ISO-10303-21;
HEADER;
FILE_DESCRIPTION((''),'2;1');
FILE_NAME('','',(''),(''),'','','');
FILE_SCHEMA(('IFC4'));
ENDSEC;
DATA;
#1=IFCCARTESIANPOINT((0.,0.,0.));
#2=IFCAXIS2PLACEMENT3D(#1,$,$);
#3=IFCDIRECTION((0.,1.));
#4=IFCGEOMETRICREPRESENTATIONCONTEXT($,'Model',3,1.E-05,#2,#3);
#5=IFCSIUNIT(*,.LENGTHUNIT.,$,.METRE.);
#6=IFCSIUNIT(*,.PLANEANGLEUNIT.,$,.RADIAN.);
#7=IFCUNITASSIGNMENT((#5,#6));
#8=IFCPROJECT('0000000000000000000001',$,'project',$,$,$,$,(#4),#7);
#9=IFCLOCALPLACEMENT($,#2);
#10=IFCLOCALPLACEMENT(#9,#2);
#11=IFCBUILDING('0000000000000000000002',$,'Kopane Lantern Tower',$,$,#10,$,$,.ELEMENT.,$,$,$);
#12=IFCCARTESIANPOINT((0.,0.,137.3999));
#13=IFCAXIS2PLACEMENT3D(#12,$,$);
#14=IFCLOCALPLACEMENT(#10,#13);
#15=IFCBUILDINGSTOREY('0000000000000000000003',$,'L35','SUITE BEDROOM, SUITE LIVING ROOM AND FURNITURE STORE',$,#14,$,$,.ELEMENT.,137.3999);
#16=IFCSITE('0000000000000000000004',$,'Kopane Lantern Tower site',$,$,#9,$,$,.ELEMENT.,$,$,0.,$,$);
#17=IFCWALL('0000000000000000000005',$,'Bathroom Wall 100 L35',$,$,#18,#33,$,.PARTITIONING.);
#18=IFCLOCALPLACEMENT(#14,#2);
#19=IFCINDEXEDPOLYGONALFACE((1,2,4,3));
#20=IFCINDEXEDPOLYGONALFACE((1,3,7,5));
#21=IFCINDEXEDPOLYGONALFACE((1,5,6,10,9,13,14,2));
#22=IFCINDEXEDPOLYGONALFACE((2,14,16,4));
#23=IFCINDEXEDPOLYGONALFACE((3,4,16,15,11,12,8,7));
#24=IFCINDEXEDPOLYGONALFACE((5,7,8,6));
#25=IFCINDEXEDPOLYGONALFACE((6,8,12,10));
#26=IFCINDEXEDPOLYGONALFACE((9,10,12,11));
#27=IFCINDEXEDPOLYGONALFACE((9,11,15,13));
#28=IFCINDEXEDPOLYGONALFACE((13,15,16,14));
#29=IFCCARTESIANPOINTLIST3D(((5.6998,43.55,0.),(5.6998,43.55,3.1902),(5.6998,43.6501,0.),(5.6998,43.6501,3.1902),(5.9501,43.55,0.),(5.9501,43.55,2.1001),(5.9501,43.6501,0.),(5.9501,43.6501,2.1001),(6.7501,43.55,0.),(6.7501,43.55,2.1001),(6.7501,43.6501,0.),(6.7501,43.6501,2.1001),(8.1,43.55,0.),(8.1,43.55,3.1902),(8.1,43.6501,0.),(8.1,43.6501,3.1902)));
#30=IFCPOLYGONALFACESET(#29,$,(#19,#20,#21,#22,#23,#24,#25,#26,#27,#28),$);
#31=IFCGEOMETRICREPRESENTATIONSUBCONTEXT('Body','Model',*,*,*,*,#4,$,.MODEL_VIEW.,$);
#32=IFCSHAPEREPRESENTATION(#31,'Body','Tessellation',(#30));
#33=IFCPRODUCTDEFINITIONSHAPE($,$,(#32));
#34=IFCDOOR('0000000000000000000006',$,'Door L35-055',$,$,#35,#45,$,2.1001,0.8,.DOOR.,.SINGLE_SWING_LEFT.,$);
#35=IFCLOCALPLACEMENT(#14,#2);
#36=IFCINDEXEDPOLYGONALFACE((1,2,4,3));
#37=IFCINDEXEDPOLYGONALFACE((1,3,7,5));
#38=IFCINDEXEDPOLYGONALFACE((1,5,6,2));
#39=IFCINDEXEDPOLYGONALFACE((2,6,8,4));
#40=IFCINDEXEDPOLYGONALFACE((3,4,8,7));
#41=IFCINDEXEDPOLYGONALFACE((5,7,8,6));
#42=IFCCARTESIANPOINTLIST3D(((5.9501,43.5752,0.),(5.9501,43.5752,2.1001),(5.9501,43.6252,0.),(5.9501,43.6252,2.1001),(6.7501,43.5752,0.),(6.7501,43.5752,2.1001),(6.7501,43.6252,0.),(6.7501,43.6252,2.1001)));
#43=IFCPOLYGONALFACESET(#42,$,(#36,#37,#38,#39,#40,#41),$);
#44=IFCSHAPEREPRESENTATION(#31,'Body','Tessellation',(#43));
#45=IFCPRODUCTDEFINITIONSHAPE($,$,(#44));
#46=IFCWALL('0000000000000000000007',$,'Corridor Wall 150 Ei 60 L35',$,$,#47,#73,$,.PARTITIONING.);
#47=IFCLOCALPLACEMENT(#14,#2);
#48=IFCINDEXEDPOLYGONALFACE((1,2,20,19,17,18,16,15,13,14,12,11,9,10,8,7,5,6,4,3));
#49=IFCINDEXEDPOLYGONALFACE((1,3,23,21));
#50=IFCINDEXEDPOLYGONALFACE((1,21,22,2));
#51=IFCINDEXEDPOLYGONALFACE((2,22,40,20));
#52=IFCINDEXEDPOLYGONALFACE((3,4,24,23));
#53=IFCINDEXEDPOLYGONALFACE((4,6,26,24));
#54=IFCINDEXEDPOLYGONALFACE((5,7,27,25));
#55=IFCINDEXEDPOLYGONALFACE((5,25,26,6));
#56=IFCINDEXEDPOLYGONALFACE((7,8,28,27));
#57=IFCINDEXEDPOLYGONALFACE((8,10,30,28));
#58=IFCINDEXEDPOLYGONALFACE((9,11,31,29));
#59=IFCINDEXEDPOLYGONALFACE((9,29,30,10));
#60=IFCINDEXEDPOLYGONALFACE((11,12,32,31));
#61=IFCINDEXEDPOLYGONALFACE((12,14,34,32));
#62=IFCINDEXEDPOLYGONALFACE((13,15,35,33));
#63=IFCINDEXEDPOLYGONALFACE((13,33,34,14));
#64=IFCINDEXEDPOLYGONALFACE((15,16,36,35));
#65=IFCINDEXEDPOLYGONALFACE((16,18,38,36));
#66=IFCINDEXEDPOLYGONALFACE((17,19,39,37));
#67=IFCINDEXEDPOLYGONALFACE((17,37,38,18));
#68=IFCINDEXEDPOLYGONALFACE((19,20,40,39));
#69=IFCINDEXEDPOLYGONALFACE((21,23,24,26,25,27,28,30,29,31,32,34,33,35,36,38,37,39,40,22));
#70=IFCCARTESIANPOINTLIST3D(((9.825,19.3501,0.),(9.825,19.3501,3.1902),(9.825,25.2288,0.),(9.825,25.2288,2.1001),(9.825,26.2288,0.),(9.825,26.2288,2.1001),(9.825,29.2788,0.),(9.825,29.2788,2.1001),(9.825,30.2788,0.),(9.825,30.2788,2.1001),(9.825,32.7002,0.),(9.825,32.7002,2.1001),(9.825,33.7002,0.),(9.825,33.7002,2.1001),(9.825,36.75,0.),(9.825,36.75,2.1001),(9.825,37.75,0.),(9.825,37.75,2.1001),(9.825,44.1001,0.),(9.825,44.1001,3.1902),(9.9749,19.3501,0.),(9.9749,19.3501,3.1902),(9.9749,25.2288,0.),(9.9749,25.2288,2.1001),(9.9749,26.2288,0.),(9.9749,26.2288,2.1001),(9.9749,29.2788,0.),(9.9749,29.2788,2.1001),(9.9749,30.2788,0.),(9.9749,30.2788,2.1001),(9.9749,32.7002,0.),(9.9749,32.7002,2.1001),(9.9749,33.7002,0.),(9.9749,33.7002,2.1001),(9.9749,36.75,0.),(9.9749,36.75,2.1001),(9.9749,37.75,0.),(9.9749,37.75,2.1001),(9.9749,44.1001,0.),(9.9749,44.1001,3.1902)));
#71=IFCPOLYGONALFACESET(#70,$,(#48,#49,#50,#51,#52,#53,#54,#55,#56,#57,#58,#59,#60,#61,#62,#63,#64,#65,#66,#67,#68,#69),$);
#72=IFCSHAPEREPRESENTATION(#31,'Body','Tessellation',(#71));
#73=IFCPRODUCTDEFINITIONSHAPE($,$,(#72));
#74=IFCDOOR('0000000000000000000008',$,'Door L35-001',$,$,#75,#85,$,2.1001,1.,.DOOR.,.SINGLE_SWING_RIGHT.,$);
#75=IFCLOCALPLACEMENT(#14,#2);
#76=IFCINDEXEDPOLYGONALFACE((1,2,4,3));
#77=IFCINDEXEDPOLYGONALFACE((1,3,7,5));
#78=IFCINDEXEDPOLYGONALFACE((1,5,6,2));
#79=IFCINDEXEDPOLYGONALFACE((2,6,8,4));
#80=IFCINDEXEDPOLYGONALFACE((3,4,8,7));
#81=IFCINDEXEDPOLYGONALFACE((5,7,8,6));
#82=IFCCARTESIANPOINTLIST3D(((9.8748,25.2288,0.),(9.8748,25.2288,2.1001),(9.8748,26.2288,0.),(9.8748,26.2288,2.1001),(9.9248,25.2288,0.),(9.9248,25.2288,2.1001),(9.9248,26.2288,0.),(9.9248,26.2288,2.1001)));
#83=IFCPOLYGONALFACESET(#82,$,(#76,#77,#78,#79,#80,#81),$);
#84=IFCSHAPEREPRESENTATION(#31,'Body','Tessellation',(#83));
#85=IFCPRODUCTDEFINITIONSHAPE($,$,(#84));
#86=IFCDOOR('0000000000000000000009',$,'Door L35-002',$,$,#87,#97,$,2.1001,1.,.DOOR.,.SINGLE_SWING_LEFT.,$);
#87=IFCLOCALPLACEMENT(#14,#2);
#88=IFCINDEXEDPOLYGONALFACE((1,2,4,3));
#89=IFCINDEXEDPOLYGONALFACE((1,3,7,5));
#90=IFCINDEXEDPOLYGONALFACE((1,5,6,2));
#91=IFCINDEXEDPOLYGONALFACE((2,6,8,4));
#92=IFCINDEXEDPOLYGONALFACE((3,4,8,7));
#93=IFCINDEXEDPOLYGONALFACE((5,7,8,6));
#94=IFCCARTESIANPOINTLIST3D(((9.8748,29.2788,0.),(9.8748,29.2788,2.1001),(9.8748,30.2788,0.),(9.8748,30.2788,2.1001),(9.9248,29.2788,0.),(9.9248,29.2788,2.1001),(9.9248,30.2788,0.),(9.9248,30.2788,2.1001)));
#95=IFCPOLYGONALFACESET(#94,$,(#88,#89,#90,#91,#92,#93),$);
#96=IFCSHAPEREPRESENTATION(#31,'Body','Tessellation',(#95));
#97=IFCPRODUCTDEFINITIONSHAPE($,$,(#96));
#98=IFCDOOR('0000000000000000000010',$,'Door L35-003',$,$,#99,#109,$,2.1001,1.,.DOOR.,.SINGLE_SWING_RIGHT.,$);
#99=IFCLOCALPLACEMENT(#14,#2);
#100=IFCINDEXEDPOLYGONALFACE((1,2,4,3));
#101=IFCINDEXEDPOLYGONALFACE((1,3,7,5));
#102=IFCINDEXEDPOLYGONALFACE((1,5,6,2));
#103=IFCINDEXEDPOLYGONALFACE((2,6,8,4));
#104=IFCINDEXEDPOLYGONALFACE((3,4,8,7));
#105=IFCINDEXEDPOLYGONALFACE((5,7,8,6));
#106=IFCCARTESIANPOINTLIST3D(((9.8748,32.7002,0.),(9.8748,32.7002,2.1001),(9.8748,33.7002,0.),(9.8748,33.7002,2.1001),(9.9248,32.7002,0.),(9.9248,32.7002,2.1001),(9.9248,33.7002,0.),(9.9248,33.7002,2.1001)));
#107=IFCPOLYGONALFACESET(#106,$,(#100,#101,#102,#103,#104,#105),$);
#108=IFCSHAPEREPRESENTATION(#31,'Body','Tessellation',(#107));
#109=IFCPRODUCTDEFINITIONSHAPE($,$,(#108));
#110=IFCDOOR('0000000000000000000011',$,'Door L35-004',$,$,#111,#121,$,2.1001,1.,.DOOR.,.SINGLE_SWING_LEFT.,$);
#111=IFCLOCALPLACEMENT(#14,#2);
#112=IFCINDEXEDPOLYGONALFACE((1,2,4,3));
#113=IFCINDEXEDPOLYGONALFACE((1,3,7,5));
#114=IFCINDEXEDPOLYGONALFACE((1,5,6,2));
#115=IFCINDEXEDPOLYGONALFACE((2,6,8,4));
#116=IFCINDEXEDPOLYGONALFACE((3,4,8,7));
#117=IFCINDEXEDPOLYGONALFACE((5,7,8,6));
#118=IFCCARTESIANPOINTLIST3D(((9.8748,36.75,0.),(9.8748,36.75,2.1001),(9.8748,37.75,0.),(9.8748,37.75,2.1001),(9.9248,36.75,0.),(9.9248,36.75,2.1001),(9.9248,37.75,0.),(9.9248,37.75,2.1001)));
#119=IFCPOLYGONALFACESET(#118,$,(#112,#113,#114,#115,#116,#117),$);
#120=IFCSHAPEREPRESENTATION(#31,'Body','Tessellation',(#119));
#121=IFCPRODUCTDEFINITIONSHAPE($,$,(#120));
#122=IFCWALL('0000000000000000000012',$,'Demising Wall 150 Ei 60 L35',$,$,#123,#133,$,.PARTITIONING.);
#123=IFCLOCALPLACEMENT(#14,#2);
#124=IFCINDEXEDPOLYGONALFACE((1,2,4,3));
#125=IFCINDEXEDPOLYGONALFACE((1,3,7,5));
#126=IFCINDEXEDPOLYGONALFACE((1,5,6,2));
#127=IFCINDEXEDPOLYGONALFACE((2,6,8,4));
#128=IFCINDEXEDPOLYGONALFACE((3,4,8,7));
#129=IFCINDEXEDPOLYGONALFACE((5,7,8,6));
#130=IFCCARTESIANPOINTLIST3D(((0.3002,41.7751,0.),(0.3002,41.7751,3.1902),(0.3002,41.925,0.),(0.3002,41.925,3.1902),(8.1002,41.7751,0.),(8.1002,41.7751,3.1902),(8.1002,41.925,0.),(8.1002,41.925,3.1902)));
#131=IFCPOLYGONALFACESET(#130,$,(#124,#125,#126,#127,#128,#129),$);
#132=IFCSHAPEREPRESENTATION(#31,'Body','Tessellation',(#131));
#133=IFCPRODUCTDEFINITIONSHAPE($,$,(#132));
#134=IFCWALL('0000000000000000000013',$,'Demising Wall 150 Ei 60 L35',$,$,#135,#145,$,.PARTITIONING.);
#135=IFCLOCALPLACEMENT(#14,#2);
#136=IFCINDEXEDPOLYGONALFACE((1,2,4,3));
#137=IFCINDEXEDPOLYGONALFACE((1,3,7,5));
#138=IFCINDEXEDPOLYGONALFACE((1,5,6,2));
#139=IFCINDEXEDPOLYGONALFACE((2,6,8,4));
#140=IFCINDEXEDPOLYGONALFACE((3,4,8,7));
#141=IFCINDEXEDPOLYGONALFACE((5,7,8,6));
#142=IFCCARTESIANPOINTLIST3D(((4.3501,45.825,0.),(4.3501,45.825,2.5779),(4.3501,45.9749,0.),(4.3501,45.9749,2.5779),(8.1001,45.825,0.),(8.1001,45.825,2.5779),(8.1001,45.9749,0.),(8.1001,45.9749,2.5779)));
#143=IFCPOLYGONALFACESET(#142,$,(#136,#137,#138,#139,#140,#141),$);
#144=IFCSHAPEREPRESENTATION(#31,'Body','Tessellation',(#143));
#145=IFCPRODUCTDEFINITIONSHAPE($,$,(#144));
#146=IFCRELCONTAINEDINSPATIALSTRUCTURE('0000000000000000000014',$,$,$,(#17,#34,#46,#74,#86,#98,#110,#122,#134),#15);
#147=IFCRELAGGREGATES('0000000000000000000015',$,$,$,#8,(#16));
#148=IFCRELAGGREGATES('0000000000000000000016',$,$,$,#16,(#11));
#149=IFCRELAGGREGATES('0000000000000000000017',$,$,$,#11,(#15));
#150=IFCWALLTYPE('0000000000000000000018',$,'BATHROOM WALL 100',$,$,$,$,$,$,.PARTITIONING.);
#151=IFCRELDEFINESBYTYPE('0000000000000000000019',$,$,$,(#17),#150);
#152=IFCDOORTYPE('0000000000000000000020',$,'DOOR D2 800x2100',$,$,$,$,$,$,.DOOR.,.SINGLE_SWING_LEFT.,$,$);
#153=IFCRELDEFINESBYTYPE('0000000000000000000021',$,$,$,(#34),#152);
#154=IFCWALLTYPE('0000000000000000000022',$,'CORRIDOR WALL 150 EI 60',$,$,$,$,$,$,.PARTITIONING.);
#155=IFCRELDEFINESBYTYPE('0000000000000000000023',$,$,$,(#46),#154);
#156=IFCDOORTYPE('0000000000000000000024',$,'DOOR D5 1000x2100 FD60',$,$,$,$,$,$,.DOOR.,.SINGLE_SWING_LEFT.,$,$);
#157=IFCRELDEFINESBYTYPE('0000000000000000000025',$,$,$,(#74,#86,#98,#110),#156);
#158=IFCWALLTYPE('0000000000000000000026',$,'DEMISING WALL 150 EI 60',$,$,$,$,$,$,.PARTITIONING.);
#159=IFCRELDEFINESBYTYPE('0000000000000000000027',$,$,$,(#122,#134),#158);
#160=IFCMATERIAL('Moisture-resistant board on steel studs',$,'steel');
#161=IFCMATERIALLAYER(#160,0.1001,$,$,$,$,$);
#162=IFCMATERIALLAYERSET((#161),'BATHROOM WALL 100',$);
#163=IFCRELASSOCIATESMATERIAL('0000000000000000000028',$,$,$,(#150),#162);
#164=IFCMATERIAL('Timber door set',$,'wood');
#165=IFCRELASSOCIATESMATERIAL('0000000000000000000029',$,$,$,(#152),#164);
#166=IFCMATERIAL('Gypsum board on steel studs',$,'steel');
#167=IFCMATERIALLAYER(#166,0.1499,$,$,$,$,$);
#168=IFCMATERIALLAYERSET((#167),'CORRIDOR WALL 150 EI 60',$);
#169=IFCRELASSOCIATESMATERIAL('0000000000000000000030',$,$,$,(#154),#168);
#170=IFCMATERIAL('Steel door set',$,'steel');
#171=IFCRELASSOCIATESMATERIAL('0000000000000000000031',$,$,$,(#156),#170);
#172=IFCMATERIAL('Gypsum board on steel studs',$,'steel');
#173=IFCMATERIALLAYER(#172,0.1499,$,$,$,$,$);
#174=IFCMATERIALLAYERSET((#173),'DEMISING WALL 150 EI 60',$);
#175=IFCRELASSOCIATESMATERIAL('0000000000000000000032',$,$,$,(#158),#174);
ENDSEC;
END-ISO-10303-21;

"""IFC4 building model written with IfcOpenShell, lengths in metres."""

from ifc_helpers import new_model, si_unit, direction, frame, frame_2d, origin, place, context, subcontext, project, spatial, rectangle, extrude, material, layer, layer_set, type_object, element, fill, save


model = new_model("IFC4")

# Units and contexts
model_context = context("Model", 3, precision=1e-05, world=origin(), true_north=direction((0.0, 1.0)))
body_context = subcontext(model_context, "Body", "Model", "MODEL_VIEW")
ifc_project = project(units=[si_unit("LENGTHUNIT", "METRE"), si_unit("PLANEANGLEUNIT", "RADIAN")], contexts=[model_context])

# Site, building, storey
site_placement = place(None, origin())
site = spatial("IfcSite", under=ifc_project, at=site_placement, Name="Kopane Lantern Tower site", CompositionType="ELEMENT", RefElevation=0.0)
building_placement = place(site_placement, origin())
building = spatial("IfcBuilding", under=site, at=building_placement, Name="Kopane Lantern Tower", CompositionType="ELEMENT")
storey_placement = place(building_placement, frame((0.0, 0.0, 137.3999)))
storey = spatial("IfcBuildingStorey", under=building, at=storey_placement, Name="L35", Description="SUITE BEDROOM, SUITE LIVING ROOM AND FURNITURE STORE", CompositionType="ELEMENT", Elevation=137.3999)

# Shared definitions
ifc_material_1 = material(Name="Moisture-resistant board on steel studs", Category="steel")
ifc_layer_1 = layer(ifc_material_1, 0.1001)
ifc_layer_set_1 = layer_set([ifc_layer_1], Name="BATHROOM WALL 100")
wall_type_1 = type_object("IfcWallType", Name="BATHROOM WALL 100", PredefinedType="PARTITIONING", material=ifc_layer_set_1)

# Wall, opening, door
wall_1_placement = place(storey_placement, frame((8.1001, 43.6001, 0.0), z_axis=(0.0, 0.0, 1.0), x_axis=(-1.0, 0.0, 0.0)))
wall_1 = element("IfcWall", 1, at=wall_1_placement, inside=storey, type_object=wall_type_1, Name="Bathroom Wall 100 L35", PredefinedType="PARTITIONING", context=body_context, shape_type="SweptSolid", body=[
    extrude(rectangle(XDim=2.4001, YDim=0.1001, at=frame_2d((1.2002, 0.0))), origin(), (0.0, 0.0, 1.0), 3.1902),
])
opening_1_placement = place(wall_1_placement, frame((1.3501, 0.0, 0.0)))
opening_1 = element("IfcOpeningElement", 2, at=opening_1_placement, cuts=wall_1, PredefinedType="OPENING", context=body_context, shape_type="SweptSolid", body=[
    extrude(rectangle(XDim=0.8, YDim=2.1001, at=frame_2d((0.3999, 1.05))), frame((0.0, 0.0601, 0.0), z_axis=(0.0, -1.0, 0.0), x_axis=(1.0, 0.0, 0.0)), (0.0, 0.0, 1.0), 0.1201),
])
ifc_material_2 = material(Name="Timber door set", Category="wood")
door_type_1 = type_object("IfcDoorType", Name="DOOR D2 800x2100", OperationType="SINGLE_SWING_LEFT", PredefinedType="DOOR", material=ifc_material_2)
door_1_placement = place(opening_1_placement, origin())
door_1 = element("IfcDoor", 3, at=door_1_placement, inside=storey, type_object=door_type_1, Name="Door L35-055", OperationType="SINGLE_SWING_LEFT", OverallHeight=2.1001, OverallWidth=0.8, PredefinedType="DOOR", context=body_context, shape_type="SweptSolid", body=[
    extrude(rectangle(XDim=0.8, YDim=2.1001, at=frame_2d((0.3999, 1.05))), frame((0.0, 0.0249, 0.0), z_axis=(0.0, -1.0, 0.0), x_axis=(1.0, 0.0, 0.0)), (0.0, 0.0, 1.0), 0.05),
])
fill(opening_1, door_1)

# Wall, openings, doors
ifc_material_3 = material(Name="Gypsum board on steel studs", Category="steel")
ifc_layer_2 = layer(ifc_material_3, 0.1499)
ifc_layer_set_2 = layer_set([ifc_layer_2], Name="CORRIDOR WALL 150 EI 60")
wall_type_2 = type_object("IfcWallType", Name="CORRIDOR WALL 150 EI 60", PredefinedType="PARTITIONING", material=ifc_layer_set_2)
wall_2_placement = place(storey_placement, frame((9.8999, 44.1001, 0.0), z_axis=(0.0, 0.0, 1.0), x_axis=(0.0, -1.0, 0.0)))
wall_2 = element("IfcWall", 4, at=wall_2_placement, inside=storey, type_object=wall_type_2, Name="Corridor Wall 150 Ei 60 L35", PredefinedType="PARTITIONING", context=body_context, shape_type="SweptSolid", body=[
    extrude(rectangle(XDim=24.75, YDim=0.1499, at=frame_2d((12.375, 0.0))), origin(), (0.0, 0.0, 1.0), 3.1902),
])
opening_2_placement = place(wall_2_placement, frame((17.8713, 0.0, 0.0)))
opening_2 = element("IfcOpeningElement", 5, at=opening_2_placement, cuts=wall_2, PredefinedType="OPENING", context=body_context, shape_type="SweptSolid", body=[
    extrude(rectangle(XDim=1.0, YDim=2.1001, at=frame_2d((0.5, 1.05))), frame((0.0, 0.085, 0.0), z_axis=(0.0, -1.0, 0.0), x_axis=(1.0, 0.0, 0.0)), (0.0, 0.0, 1.0), 0.1699),
])
opening_3_placement = place(wall_2_placement, frame((13.8213, 0.0, 0.0)))
opening_3 = element("IfcOpeningElement", 6, at=opening_3_placement, cuts=wall_2, PredefinedType="OPENING", context=body_context, shape_type="SweptSolid", body=[
    extrude(rectangle(XDim=1.0, YDim=2.1001, at=frame_2d((0.5, 1.05))), frame((0.0, 0.085, 0.0), z_axis=(0.0, -1.0, 0.0), x_axis=(1.0, 0.0, 0.0)), (0.0, 0.0, 1.0), 0.1699),
])
opening_4_placement = place(wall_2_placement, frame((10.3999, 0.0, 0.0)))
opening_4 = element("IfcOpeningElement", 7, at=opening_4_placement, cuts=wall_2, PredefinedType="OPENING", context=body_context, shape_type="SweptSolid", body=[
    extrude(rectangle(XDim=1.0, YDim=2.1001, at=frame_2d((0.5, 1.05))), frame((0.0, 0.085, 0.0), z_axis=(0.0, -1.0, 0.0), x_axis=(1.0, 0.0, 0.0)), (0.0, 0.0, 1.0), 0.1699),
])
opening_5_placement = place(wall_2_placement, frame((6.3501, 0.0, 0.0)))
opening_5 = element("IfcOpeningElement", 8, at=opening_5_placement, cuts=wall_2, PredefinedType="OPENING", context=body_context, shape_type="SweptSolid", body=[
    extrude(rectangle(XDim=1.0, YDim=2.1001, at=frame_2d((0.5, 1.05))), frame((0.0, 0.085, 0.0), z_axis=(0.0, -1.0, 0.0), x_axis=(1.0, 0.0, 0.0)), (0.0, 0.0, 1.0), 0.1699),
])
ifc_material_4 = material(Name="Steel door set", Category="steel")
door_type_2 = type_object("IfcDoorType", Name="DOOR D5 1000x2100 FD60", OperationType="SINGLE_SWING_LEFT", PredefinedType="DOOR", material=ifc_material_4)
door_2_placement = place(opening_2_placement, origin())
door_2 = element("IfcDoor", 9, at=door_2_placement, inside=storey, type_object=door_type_2, Name="Door L35-001", OperationType="SINGLE_SWING_RIGHT", OverallHeight=2.1001, OverallWidth=1.0, PredefinedType="DOOR", context=body_context, shape_type="SweptSolid", body=[
    extrude(rectangle(XDim=1.0, YDim=2.1001, at=frame_2d((0.5, 1.05))), frame((0.0, 0.0249, 0.0), z_axis=(0.0, -1.0, 0.0), x_axis=(1.0, 0.0, 0.0)), (0.0, 0.0, 1.0), 0.05),
])
fill(opening_2, door_2)
door_3_placement = place(opening_3_placement, origin())
door_3 = element("IfcDoor", 10, at=door_3_placement, inside=storey, type_object=door_type_2, Name="Door L35-002", OperationType="SINGLE_SWING_LEFT", OverallHeight=2.1001, OverallWidth=1.0, PredefinedType="DOOR", context=body_context, shape_type="SweptSolid", body=[
    extrude(rectangle(XDim=1.0, YDim=2.1001, at=frame_2d((0.5, 1.05))), frame((0.0, 0.0249, 0.0), z_axis=(0.0, -1.0, 0.0), x_axis=(1.0, 0.0, 0.0)), (0.0, 0.0, 1.0), 0.05),
])
fill(opening_3, door_3)
door_4_placement = place(opening_4_placement, origin())
door_4 = element("IfcDoor", 11, at=door_4_placement, inside=storey, type_object=door_type_2, Name="Door L35-003", OperationType="SINGLE_SWING_RIGHT", OverallHeight=2.1001, OverallWidth=1.0, PredefinedType="DOOR", context=body_context, shape_type="SweptSolid", body=[
    extrude(rectangle(XDim=1.0, YDim=2.1001, at=frame_2d((0.5, 1.05))), frame((0.0, 0.0249, 0.0), z_axis=(0.0, -1.0, 0.0), x_axis=(1.0, 0.0, 0.0)), (0.0, 0.0, 1.0), 0.05),
])
fill(opening_4, door_4)
door_5_placement = place(opening_5_placement, origin())
door_5 = element("IfcDoor", 12, at=door_5_placement, inside=storey, type_object=door_type_2, Name="Door L35-004", OperationType="SINGLE_SWING_LEFT", OverallHeight=2.1001, OverallWidth=1.0, PredefinedType="DOOR", context=body_context, shape_type="SweptSolid", body=[
    extrude(rectangle(XDim=1.0, YDim=2.1001, at=frame_2d((0.5, 1.05))), frame((0.0, 0.0249, 0.0), z_axis=(0.0, -1.0, 0.0), x_axis=(1.0, 0.0, 0.0)), (0.0, 0.0, 1.0), 0.05),
])
fill(opening_5, door_5)

# Walls
ifc_material_5 = material(Name="Gypsum board on steel studs", Category="steel")
ifc_layer_3 = layer(ifc_material_5, 0.1499)
ifc_layer_set_3 = layer_set([ifc_layer_3], Name="DEMISING WALL 150 EI 60")
wall_type_3 = type_object("IfcWallType", Name="DEMISING WALL 150 EI 60", PredefinedType="PARTITIONING", material=ifc_layer_set_3)
wall_3_placement = place(storey_placement, frame((8.1001, 41.8501, 0.0), z_axis=(0.0, 0.0, 1.0), x_axis=(-1.0, 0.0, 0.0)))
element("IfcWall", 13, at=wall_3_placement, inside=storey, type_object=wall_type_3, Name="Demising Wall 150 Ei 60 L35", PredefinedType="PARTITIONING", context=body_context, shape_type="SweptSolid", body=[
    extrude(rectangle(XDim=7.8, YDim=0.1499, at=frame_2d((3.8999, 0.0))), origin(), (0.0, 0.0, 1.0), 3.1902),
])
wall_4_placement = place(storey_placement, frame((4.3501, 45.8999, 0.0), z_axis=(0.0, 0.0, 1.0), x_axis=(1.0, 0.0, 0.0)))
element("IfcWall", 14, at=wall_4_placement, inside=storey, type_object=wall_type_3, Name="Demising Wall 150 Ei 60 L35", PredefinedType="PARTITIONING", context=body_context, shape_type="SweptSolid", body=[
    extrude(rectangle(XDim=3.75, YDim=0.1499, at=frame_2d((1.875, 0.0))), origin(), (0.0, 0.0, 1.0), 2.5779),
])

save(model, "model.ifc")
